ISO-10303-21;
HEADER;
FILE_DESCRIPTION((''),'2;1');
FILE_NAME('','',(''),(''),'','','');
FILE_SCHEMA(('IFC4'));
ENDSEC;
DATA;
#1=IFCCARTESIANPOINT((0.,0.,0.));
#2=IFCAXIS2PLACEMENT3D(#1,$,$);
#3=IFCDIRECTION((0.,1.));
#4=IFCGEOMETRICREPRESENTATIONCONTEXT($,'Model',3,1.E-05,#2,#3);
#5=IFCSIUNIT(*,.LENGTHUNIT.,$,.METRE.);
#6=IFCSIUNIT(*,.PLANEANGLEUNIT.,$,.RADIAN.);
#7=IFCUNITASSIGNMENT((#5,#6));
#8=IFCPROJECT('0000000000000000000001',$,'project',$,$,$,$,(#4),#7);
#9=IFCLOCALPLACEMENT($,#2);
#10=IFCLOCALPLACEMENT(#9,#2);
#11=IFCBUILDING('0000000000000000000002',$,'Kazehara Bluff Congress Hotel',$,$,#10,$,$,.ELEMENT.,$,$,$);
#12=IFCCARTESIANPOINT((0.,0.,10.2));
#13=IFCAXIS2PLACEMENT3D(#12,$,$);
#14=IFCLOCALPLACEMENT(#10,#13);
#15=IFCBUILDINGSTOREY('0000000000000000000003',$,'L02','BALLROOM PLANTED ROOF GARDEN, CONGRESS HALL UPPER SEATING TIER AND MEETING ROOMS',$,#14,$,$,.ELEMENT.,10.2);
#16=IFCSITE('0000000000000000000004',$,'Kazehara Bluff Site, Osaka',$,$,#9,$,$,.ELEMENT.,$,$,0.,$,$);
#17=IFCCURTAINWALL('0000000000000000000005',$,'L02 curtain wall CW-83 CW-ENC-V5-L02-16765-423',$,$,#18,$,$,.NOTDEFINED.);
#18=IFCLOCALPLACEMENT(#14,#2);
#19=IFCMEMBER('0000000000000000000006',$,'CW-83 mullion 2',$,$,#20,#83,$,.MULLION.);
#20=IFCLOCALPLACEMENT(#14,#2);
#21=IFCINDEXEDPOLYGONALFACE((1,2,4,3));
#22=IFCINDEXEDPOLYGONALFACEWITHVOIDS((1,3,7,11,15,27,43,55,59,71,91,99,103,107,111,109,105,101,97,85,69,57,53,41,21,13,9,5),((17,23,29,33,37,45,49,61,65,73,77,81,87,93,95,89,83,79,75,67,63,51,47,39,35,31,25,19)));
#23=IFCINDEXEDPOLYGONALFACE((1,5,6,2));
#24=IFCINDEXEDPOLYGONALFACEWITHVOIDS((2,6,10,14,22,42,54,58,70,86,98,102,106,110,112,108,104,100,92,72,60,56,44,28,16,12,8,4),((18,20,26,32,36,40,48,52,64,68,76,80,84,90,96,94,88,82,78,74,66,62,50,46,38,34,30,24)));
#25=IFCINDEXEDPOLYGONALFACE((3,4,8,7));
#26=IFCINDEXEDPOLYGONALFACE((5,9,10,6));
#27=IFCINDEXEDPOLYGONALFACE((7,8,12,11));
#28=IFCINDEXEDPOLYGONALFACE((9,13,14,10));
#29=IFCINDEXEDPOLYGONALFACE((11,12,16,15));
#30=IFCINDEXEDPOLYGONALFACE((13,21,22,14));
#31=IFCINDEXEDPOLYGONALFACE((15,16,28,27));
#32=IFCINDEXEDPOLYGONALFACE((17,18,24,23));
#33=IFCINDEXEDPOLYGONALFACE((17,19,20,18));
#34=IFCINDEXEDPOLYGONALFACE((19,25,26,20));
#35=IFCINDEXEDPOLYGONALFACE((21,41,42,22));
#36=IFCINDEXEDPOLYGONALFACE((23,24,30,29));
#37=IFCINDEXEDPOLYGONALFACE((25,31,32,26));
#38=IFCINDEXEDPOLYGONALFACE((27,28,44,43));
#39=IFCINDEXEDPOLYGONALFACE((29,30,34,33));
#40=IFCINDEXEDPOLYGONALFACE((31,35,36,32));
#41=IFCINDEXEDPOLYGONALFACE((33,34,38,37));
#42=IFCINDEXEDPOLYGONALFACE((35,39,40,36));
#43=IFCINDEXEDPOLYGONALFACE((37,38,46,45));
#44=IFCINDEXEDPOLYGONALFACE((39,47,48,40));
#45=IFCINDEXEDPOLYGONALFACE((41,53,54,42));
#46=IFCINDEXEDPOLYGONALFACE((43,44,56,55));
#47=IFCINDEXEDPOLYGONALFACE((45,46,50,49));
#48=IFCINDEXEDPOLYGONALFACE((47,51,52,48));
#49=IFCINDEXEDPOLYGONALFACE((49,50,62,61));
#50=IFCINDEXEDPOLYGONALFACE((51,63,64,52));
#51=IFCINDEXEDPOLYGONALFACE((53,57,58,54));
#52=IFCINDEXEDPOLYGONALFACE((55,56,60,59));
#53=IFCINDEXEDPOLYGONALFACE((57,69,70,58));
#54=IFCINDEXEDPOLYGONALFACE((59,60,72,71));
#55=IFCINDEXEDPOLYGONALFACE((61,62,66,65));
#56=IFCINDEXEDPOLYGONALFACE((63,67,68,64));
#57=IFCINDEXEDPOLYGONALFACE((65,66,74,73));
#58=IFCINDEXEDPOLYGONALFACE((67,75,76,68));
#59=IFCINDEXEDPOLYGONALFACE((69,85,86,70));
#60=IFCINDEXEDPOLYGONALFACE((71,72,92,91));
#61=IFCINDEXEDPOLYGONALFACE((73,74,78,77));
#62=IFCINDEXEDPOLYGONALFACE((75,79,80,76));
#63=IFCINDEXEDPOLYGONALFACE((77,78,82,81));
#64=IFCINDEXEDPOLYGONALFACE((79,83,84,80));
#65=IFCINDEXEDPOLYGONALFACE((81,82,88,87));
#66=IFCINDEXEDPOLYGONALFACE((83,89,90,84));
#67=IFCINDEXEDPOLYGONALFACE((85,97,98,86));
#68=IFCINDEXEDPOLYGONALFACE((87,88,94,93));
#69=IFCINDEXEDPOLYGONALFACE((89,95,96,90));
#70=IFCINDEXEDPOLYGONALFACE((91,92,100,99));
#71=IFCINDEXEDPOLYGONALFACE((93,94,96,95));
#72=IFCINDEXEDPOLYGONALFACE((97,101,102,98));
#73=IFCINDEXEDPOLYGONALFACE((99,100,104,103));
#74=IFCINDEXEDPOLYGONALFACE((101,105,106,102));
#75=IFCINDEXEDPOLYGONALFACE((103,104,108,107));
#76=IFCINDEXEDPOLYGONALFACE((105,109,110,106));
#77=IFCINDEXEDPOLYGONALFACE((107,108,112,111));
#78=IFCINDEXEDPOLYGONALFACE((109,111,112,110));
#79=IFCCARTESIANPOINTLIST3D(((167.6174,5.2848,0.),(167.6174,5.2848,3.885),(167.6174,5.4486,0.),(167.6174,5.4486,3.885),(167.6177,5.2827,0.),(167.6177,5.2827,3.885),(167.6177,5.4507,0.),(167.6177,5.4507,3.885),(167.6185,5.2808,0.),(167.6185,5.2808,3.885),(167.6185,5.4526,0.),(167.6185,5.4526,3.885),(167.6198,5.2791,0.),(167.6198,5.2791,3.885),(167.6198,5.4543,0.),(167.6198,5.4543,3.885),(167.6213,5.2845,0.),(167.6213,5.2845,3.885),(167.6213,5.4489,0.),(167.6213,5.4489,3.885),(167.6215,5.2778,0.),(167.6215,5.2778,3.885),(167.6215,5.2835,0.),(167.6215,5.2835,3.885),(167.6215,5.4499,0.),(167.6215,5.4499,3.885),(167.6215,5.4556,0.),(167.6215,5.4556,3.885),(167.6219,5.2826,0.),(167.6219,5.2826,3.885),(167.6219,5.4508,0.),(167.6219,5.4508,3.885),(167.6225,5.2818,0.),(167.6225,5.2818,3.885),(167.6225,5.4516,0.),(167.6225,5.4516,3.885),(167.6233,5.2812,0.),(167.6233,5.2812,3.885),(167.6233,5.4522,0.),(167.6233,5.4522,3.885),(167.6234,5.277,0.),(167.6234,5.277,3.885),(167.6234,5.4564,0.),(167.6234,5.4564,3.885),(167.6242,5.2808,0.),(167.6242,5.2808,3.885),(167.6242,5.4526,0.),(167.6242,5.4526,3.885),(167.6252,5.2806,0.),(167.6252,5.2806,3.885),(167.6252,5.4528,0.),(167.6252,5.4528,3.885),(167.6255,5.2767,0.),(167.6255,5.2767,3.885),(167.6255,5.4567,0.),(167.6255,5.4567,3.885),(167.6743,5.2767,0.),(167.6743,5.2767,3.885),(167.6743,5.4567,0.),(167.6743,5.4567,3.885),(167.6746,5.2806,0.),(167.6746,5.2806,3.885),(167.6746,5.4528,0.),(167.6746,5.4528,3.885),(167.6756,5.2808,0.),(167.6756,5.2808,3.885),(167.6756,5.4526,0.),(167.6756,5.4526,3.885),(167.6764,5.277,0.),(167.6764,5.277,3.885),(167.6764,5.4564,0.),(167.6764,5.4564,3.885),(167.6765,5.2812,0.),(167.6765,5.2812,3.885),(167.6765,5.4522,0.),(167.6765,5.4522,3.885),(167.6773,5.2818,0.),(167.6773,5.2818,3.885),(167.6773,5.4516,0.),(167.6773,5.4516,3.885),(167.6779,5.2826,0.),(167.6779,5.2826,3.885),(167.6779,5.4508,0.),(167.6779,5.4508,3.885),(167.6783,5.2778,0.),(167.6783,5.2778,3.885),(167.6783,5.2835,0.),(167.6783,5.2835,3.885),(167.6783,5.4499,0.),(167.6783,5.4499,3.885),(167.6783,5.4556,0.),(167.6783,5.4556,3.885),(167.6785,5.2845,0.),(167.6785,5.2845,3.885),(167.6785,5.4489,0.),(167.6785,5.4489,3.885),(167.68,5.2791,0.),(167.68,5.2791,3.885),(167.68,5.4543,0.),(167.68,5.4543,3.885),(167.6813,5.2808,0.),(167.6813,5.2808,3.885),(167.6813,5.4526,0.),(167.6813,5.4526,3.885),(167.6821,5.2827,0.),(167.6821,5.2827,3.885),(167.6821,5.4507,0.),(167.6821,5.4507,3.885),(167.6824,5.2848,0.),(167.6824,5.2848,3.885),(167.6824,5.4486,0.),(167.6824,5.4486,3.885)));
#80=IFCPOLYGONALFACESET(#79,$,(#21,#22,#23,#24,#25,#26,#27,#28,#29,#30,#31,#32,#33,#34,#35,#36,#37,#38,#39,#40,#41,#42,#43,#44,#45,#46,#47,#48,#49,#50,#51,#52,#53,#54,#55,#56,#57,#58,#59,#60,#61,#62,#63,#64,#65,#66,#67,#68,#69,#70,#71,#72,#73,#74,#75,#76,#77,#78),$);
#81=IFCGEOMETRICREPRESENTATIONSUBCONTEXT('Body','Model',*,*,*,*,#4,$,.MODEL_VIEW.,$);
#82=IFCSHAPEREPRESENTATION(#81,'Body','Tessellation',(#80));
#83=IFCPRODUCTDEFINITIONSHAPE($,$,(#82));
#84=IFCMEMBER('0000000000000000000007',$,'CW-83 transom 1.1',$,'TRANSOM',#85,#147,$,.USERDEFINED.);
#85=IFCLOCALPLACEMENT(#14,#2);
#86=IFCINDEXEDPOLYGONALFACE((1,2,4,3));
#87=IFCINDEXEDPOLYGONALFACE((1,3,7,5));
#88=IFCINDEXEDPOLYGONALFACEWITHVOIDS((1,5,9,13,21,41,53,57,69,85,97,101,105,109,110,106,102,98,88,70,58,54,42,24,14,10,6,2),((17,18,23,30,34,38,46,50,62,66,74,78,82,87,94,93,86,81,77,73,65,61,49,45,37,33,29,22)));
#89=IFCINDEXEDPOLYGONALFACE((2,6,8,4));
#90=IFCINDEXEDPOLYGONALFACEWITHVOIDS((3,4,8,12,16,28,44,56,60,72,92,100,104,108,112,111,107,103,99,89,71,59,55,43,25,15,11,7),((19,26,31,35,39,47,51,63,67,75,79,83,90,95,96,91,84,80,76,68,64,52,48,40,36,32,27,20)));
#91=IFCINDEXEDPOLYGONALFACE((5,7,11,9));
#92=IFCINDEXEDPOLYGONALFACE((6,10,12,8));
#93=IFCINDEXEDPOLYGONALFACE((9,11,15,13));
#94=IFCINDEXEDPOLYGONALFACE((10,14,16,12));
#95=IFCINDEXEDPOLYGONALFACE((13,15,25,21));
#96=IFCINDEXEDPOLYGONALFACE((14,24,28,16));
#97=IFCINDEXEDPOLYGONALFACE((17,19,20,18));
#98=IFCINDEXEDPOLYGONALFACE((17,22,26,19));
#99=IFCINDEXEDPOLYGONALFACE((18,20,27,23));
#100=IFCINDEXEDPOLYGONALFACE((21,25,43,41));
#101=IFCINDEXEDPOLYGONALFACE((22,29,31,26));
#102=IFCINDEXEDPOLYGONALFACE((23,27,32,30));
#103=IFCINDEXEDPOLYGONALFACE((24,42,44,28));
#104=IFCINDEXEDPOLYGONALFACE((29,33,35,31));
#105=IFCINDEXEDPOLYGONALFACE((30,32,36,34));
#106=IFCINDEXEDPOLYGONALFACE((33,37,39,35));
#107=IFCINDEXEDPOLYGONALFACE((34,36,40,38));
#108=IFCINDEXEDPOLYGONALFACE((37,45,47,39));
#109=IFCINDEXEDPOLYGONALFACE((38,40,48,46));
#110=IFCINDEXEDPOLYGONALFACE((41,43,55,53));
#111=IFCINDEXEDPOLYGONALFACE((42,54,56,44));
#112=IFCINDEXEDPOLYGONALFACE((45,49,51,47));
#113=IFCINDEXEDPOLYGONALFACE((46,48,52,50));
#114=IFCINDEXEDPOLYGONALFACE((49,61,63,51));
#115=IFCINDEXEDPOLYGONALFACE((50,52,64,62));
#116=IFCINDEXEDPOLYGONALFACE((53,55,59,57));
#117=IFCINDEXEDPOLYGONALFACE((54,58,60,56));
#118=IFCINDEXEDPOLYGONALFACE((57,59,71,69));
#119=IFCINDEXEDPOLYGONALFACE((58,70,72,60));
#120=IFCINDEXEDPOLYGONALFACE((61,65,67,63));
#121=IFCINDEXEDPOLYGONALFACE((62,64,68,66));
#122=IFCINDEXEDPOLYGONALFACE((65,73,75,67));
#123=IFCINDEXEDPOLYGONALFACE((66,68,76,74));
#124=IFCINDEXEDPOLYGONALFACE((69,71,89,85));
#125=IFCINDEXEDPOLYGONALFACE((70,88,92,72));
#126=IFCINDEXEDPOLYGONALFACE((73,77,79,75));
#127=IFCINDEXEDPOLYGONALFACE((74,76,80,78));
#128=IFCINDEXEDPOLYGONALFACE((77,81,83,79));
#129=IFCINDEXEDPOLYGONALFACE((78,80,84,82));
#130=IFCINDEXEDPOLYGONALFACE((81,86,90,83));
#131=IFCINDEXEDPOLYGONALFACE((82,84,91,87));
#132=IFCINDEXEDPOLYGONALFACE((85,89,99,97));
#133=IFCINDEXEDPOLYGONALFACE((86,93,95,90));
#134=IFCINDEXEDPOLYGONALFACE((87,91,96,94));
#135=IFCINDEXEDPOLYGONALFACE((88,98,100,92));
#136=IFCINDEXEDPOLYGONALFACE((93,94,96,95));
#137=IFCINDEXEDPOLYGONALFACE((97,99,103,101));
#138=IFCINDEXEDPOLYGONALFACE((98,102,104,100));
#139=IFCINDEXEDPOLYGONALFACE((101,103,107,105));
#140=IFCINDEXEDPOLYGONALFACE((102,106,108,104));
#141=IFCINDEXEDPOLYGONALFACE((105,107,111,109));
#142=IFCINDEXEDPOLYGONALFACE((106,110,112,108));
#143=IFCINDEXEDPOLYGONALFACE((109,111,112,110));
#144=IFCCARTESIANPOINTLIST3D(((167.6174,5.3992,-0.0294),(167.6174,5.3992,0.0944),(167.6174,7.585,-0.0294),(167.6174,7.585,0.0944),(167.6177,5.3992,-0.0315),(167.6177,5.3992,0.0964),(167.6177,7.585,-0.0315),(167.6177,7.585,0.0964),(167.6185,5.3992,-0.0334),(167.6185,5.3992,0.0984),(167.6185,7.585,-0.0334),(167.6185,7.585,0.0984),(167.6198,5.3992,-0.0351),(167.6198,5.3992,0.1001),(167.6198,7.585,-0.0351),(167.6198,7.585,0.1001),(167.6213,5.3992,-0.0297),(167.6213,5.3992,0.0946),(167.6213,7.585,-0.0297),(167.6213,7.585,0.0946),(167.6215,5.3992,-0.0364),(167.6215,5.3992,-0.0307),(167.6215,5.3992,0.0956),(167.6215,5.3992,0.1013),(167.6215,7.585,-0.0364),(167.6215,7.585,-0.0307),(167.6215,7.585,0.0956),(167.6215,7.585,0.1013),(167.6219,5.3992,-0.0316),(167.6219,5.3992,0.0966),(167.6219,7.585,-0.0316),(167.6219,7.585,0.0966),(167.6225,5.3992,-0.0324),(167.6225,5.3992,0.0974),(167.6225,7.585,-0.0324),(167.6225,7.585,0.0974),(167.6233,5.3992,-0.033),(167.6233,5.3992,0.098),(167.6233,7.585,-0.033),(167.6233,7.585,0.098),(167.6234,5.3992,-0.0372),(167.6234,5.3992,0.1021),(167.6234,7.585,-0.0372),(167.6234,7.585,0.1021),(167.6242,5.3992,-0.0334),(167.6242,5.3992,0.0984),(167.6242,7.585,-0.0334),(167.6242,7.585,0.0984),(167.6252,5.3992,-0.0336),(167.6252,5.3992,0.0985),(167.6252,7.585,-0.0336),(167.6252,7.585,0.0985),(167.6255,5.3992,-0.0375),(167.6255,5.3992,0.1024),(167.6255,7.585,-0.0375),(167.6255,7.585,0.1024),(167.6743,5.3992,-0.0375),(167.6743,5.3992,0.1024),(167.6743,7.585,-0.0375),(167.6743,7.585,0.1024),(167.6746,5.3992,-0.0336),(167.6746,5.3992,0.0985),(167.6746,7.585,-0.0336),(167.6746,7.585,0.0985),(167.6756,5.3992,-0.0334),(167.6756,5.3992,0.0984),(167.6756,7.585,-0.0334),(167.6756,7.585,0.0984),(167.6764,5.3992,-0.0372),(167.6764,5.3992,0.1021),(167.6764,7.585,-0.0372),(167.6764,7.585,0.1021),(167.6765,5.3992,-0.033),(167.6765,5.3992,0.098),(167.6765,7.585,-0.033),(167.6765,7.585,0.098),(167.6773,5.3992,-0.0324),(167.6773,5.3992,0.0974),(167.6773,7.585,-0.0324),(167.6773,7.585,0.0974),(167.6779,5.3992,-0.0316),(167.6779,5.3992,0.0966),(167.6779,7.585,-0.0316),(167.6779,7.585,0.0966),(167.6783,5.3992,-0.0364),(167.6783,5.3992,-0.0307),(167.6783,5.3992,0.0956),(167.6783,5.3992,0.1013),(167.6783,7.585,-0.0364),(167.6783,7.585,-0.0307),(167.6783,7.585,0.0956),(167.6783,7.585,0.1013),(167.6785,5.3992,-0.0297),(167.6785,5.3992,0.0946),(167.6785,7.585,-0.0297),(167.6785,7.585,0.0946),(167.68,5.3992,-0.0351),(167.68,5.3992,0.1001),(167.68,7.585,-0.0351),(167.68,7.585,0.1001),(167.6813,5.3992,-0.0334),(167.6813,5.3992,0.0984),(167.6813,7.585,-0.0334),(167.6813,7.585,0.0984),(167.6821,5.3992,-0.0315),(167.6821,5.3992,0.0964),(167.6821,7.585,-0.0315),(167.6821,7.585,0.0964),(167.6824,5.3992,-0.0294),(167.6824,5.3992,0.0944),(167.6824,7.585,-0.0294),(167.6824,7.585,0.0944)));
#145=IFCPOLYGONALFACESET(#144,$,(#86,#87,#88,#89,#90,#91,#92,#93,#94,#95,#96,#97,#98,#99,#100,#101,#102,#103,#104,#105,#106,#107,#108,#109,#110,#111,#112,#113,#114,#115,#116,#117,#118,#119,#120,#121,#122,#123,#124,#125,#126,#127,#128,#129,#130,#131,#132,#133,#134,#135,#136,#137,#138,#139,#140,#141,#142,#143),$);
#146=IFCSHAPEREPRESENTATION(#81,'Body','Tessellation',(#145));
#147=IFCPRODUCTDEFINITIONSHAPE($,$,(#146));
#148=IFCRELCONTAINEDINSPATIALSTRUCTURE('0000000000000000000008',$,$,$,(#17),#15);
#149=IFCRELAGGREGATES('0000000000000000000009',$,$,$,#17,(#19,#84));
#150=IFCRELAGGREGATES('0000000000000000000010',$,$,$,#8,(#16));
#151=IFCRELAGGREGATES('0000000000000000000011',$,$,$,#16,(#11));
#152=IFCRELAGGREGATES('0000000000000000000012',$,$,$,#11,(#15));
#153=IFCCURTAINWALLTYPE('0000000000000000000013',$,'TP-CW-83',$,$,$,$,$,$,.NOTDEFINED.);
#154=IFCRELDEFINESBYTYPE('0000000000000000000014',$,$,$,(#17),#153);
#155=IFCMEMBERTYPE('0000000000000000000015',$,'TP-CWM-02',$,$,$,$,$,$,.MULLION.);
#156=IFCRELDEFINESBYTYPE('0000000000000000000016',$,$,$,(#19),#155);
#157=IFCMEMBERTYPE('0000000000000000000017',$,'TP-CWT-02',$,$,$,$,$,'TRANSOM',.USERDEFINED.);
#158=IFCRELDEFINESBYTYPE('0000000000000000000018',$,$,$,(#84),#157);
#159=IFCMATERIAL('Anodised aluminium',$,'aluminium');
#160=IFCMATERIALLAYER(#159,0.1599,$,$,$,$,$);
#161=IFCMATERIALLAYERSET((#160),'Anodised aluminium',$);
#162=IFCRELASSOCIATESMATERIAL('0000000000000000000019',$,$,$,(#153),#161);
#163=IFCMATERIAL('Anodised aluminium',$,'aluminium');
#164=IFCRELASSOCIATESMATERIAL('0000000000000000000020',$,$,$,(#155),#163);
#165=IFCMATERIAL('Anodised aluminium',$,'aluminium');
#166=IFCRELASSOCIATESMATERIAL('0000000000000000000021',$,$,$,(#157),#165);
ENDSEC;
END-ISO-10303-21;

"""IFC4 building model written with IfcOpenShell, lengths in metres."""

from ifc_helpers import new_model, si_unit, direction, frame, origin, origin_2d, place, context, subcontext, project, spatial, hollow_rectangle, extrude, material, layer, layer_set, material_profile, profile_set, type_object, element, aggregate, save


model = new_model("IFC4")

# Units and contexts
model_context = context("Model", 3, precision=1e-05, world=origin(), true_north=direction((0.0, 1.0)))
body_context = subcontext(model_context, "Body", "Model", "MODEL_VIEW")
ifc_project = project(units=[si_unit("LENGTHUNIT", "METRE"), si_unit("PLANEANGLEUNIT", "RADIAN")], contexts=[model_context])

# Site, building, storey
site_placement = place(None, origin())
site = spatial("IfcSite", under=ifc_project, at=site_placement, Name="Kazehara Bluff Site, Osaka", CompositionType="ELEMENT", RefElevation=0.0)
building_placement = place(site_placement, origin())
building = spatial("IfcBuilding", under=site, at=building_placement, Name="Kazehara Bluff Congress Hotel", CompositionType="ELEMENT")
storey_placement = place(building_placement, frame((0.0, 0.0, 10.2)))
storey = spatial("IfcBuildingStorey", under=building, at=storey_placement, Name="L02", Description="BALLROOM PLANTED ROOF GARDEN, CONGRESS HALL UPPER SEATING TIER AND MEETING ROOMS", CompositionType="ELEMENT", Elevation=10.2)

# Curtain wall, members
ifc_material_1 = material(Name="Anodised aluminium", Category="aluminium")
ifc_layer_1 = layer(ifc_material_1, 0.1599)
ifc_layer_set_1 = layer_set([ifc_layer_1], Name="Anodised aluminium")
curtain_wall_type = type_object("IfcCurtainWallType", Name="TP-CW-83", PredefinedType="NOTDEFINED", material=ifc_layer_set_1)
curtain_wall_placement = place(storey_placement, origin())
curtain_wall = element("IfcCurtainWall", 1, at=curtain_wall_placement, inside=storey, type_object=curtain_wall_type, Name="L02 curtain wall CW-83 CW-ENC-V5-L02-16765-423", PredefinedType="NOTDEFINED")
ifc_material_2 = material(Name="Anodised aluminium", Category="aluminium")
ifc_material_profile_1 = material_profile(ifc_material_2, hollow_rectangle(XDim=0.0649, YDim=0.1799, WallThickness=0.0039, InnerFilletRadius=0.0039, OuterFilletRadius=0.0081, at=origin_2d()))
ifc_profile_set_1 = profile_set([ifc_material_profile_1], Name="Anodised aluminium")
member_type_1 = type_object("IfcMemberType", Name="TP-CWM-02", PredefinedType="MULLION", material=ifc_profile_set_1)
member_1_placement = place(storey_placement, frame((167.6499, 5.3667, 0.0), z_axis=(0.0, 0.0, 1.0), x_axis=(1.0, 0.0, 0.0)))
member_1 = element("IfcMember", 2, at=member_1_placement, type_object=member_type_1, Name="CW-83 mullion 2", PredefinedType="MULLION", context=body_context, shape_type="SweptSolid", body=[
    extrude(hollow_rectangle(XDim=0.0649, YDim=0.1799, WallThickness=0.0039, InnerFilletRadius=0.0039, OuterFilletRadius=0.0081, at=origin_2d()), origin(), (0.0, 0.0, 1.0), 3.885),
])
ifc_material_3 = material(Name="Anodised aluminium", Category="aluminium")
ifc_material_profile_2 = material_profile(ifc_material_3, hollow_rectangle(XDim=0.0649, YDim=0.1399, WallThickness=0.0039, InnerFilletRadius=0.0039, OuterFilletRadius=0.0081, at=origin_2d()))
ifc_profile_set_2 = profile_set([ifc_material_profile_2], Name="Anodised aluminium")
member_type_2 = type_object("IfcMemberType", Name="TP-CWT-02", ElementType="TRANSOM", PredefinedType="USERDEFINED", material=ifc_profile_set_2)
member_2_placement = place(storey_placement, frame((167.6499, 7.585, 0.0325), z_axis=(0.0, -1.0, 0.0), x_axis=(1.0, 0.0, 0.0)))
member_2 = element("IfcMember", 3, at=member_2_placement, type_object=member_type_2, Name="CW-83 transom 1.1", ObjectType="TRANSOM", PredefinedType="USERDEFINED", context=body_context, shape_type="SweptSolid", body=[
    extrude(hollow_rectangle(XDim=0.0649, YDim=0.1399, WallThickness=0.0039, InnerFilletRadius=0.0039, OuterFilletRadius=0.0081, at=origin_2d()), origin(), (0.0, 0.0, 1.0), 2.1858),
])

aggregate(curtain_wall, [member_1, member_2])

save(model, "model.ifc")
